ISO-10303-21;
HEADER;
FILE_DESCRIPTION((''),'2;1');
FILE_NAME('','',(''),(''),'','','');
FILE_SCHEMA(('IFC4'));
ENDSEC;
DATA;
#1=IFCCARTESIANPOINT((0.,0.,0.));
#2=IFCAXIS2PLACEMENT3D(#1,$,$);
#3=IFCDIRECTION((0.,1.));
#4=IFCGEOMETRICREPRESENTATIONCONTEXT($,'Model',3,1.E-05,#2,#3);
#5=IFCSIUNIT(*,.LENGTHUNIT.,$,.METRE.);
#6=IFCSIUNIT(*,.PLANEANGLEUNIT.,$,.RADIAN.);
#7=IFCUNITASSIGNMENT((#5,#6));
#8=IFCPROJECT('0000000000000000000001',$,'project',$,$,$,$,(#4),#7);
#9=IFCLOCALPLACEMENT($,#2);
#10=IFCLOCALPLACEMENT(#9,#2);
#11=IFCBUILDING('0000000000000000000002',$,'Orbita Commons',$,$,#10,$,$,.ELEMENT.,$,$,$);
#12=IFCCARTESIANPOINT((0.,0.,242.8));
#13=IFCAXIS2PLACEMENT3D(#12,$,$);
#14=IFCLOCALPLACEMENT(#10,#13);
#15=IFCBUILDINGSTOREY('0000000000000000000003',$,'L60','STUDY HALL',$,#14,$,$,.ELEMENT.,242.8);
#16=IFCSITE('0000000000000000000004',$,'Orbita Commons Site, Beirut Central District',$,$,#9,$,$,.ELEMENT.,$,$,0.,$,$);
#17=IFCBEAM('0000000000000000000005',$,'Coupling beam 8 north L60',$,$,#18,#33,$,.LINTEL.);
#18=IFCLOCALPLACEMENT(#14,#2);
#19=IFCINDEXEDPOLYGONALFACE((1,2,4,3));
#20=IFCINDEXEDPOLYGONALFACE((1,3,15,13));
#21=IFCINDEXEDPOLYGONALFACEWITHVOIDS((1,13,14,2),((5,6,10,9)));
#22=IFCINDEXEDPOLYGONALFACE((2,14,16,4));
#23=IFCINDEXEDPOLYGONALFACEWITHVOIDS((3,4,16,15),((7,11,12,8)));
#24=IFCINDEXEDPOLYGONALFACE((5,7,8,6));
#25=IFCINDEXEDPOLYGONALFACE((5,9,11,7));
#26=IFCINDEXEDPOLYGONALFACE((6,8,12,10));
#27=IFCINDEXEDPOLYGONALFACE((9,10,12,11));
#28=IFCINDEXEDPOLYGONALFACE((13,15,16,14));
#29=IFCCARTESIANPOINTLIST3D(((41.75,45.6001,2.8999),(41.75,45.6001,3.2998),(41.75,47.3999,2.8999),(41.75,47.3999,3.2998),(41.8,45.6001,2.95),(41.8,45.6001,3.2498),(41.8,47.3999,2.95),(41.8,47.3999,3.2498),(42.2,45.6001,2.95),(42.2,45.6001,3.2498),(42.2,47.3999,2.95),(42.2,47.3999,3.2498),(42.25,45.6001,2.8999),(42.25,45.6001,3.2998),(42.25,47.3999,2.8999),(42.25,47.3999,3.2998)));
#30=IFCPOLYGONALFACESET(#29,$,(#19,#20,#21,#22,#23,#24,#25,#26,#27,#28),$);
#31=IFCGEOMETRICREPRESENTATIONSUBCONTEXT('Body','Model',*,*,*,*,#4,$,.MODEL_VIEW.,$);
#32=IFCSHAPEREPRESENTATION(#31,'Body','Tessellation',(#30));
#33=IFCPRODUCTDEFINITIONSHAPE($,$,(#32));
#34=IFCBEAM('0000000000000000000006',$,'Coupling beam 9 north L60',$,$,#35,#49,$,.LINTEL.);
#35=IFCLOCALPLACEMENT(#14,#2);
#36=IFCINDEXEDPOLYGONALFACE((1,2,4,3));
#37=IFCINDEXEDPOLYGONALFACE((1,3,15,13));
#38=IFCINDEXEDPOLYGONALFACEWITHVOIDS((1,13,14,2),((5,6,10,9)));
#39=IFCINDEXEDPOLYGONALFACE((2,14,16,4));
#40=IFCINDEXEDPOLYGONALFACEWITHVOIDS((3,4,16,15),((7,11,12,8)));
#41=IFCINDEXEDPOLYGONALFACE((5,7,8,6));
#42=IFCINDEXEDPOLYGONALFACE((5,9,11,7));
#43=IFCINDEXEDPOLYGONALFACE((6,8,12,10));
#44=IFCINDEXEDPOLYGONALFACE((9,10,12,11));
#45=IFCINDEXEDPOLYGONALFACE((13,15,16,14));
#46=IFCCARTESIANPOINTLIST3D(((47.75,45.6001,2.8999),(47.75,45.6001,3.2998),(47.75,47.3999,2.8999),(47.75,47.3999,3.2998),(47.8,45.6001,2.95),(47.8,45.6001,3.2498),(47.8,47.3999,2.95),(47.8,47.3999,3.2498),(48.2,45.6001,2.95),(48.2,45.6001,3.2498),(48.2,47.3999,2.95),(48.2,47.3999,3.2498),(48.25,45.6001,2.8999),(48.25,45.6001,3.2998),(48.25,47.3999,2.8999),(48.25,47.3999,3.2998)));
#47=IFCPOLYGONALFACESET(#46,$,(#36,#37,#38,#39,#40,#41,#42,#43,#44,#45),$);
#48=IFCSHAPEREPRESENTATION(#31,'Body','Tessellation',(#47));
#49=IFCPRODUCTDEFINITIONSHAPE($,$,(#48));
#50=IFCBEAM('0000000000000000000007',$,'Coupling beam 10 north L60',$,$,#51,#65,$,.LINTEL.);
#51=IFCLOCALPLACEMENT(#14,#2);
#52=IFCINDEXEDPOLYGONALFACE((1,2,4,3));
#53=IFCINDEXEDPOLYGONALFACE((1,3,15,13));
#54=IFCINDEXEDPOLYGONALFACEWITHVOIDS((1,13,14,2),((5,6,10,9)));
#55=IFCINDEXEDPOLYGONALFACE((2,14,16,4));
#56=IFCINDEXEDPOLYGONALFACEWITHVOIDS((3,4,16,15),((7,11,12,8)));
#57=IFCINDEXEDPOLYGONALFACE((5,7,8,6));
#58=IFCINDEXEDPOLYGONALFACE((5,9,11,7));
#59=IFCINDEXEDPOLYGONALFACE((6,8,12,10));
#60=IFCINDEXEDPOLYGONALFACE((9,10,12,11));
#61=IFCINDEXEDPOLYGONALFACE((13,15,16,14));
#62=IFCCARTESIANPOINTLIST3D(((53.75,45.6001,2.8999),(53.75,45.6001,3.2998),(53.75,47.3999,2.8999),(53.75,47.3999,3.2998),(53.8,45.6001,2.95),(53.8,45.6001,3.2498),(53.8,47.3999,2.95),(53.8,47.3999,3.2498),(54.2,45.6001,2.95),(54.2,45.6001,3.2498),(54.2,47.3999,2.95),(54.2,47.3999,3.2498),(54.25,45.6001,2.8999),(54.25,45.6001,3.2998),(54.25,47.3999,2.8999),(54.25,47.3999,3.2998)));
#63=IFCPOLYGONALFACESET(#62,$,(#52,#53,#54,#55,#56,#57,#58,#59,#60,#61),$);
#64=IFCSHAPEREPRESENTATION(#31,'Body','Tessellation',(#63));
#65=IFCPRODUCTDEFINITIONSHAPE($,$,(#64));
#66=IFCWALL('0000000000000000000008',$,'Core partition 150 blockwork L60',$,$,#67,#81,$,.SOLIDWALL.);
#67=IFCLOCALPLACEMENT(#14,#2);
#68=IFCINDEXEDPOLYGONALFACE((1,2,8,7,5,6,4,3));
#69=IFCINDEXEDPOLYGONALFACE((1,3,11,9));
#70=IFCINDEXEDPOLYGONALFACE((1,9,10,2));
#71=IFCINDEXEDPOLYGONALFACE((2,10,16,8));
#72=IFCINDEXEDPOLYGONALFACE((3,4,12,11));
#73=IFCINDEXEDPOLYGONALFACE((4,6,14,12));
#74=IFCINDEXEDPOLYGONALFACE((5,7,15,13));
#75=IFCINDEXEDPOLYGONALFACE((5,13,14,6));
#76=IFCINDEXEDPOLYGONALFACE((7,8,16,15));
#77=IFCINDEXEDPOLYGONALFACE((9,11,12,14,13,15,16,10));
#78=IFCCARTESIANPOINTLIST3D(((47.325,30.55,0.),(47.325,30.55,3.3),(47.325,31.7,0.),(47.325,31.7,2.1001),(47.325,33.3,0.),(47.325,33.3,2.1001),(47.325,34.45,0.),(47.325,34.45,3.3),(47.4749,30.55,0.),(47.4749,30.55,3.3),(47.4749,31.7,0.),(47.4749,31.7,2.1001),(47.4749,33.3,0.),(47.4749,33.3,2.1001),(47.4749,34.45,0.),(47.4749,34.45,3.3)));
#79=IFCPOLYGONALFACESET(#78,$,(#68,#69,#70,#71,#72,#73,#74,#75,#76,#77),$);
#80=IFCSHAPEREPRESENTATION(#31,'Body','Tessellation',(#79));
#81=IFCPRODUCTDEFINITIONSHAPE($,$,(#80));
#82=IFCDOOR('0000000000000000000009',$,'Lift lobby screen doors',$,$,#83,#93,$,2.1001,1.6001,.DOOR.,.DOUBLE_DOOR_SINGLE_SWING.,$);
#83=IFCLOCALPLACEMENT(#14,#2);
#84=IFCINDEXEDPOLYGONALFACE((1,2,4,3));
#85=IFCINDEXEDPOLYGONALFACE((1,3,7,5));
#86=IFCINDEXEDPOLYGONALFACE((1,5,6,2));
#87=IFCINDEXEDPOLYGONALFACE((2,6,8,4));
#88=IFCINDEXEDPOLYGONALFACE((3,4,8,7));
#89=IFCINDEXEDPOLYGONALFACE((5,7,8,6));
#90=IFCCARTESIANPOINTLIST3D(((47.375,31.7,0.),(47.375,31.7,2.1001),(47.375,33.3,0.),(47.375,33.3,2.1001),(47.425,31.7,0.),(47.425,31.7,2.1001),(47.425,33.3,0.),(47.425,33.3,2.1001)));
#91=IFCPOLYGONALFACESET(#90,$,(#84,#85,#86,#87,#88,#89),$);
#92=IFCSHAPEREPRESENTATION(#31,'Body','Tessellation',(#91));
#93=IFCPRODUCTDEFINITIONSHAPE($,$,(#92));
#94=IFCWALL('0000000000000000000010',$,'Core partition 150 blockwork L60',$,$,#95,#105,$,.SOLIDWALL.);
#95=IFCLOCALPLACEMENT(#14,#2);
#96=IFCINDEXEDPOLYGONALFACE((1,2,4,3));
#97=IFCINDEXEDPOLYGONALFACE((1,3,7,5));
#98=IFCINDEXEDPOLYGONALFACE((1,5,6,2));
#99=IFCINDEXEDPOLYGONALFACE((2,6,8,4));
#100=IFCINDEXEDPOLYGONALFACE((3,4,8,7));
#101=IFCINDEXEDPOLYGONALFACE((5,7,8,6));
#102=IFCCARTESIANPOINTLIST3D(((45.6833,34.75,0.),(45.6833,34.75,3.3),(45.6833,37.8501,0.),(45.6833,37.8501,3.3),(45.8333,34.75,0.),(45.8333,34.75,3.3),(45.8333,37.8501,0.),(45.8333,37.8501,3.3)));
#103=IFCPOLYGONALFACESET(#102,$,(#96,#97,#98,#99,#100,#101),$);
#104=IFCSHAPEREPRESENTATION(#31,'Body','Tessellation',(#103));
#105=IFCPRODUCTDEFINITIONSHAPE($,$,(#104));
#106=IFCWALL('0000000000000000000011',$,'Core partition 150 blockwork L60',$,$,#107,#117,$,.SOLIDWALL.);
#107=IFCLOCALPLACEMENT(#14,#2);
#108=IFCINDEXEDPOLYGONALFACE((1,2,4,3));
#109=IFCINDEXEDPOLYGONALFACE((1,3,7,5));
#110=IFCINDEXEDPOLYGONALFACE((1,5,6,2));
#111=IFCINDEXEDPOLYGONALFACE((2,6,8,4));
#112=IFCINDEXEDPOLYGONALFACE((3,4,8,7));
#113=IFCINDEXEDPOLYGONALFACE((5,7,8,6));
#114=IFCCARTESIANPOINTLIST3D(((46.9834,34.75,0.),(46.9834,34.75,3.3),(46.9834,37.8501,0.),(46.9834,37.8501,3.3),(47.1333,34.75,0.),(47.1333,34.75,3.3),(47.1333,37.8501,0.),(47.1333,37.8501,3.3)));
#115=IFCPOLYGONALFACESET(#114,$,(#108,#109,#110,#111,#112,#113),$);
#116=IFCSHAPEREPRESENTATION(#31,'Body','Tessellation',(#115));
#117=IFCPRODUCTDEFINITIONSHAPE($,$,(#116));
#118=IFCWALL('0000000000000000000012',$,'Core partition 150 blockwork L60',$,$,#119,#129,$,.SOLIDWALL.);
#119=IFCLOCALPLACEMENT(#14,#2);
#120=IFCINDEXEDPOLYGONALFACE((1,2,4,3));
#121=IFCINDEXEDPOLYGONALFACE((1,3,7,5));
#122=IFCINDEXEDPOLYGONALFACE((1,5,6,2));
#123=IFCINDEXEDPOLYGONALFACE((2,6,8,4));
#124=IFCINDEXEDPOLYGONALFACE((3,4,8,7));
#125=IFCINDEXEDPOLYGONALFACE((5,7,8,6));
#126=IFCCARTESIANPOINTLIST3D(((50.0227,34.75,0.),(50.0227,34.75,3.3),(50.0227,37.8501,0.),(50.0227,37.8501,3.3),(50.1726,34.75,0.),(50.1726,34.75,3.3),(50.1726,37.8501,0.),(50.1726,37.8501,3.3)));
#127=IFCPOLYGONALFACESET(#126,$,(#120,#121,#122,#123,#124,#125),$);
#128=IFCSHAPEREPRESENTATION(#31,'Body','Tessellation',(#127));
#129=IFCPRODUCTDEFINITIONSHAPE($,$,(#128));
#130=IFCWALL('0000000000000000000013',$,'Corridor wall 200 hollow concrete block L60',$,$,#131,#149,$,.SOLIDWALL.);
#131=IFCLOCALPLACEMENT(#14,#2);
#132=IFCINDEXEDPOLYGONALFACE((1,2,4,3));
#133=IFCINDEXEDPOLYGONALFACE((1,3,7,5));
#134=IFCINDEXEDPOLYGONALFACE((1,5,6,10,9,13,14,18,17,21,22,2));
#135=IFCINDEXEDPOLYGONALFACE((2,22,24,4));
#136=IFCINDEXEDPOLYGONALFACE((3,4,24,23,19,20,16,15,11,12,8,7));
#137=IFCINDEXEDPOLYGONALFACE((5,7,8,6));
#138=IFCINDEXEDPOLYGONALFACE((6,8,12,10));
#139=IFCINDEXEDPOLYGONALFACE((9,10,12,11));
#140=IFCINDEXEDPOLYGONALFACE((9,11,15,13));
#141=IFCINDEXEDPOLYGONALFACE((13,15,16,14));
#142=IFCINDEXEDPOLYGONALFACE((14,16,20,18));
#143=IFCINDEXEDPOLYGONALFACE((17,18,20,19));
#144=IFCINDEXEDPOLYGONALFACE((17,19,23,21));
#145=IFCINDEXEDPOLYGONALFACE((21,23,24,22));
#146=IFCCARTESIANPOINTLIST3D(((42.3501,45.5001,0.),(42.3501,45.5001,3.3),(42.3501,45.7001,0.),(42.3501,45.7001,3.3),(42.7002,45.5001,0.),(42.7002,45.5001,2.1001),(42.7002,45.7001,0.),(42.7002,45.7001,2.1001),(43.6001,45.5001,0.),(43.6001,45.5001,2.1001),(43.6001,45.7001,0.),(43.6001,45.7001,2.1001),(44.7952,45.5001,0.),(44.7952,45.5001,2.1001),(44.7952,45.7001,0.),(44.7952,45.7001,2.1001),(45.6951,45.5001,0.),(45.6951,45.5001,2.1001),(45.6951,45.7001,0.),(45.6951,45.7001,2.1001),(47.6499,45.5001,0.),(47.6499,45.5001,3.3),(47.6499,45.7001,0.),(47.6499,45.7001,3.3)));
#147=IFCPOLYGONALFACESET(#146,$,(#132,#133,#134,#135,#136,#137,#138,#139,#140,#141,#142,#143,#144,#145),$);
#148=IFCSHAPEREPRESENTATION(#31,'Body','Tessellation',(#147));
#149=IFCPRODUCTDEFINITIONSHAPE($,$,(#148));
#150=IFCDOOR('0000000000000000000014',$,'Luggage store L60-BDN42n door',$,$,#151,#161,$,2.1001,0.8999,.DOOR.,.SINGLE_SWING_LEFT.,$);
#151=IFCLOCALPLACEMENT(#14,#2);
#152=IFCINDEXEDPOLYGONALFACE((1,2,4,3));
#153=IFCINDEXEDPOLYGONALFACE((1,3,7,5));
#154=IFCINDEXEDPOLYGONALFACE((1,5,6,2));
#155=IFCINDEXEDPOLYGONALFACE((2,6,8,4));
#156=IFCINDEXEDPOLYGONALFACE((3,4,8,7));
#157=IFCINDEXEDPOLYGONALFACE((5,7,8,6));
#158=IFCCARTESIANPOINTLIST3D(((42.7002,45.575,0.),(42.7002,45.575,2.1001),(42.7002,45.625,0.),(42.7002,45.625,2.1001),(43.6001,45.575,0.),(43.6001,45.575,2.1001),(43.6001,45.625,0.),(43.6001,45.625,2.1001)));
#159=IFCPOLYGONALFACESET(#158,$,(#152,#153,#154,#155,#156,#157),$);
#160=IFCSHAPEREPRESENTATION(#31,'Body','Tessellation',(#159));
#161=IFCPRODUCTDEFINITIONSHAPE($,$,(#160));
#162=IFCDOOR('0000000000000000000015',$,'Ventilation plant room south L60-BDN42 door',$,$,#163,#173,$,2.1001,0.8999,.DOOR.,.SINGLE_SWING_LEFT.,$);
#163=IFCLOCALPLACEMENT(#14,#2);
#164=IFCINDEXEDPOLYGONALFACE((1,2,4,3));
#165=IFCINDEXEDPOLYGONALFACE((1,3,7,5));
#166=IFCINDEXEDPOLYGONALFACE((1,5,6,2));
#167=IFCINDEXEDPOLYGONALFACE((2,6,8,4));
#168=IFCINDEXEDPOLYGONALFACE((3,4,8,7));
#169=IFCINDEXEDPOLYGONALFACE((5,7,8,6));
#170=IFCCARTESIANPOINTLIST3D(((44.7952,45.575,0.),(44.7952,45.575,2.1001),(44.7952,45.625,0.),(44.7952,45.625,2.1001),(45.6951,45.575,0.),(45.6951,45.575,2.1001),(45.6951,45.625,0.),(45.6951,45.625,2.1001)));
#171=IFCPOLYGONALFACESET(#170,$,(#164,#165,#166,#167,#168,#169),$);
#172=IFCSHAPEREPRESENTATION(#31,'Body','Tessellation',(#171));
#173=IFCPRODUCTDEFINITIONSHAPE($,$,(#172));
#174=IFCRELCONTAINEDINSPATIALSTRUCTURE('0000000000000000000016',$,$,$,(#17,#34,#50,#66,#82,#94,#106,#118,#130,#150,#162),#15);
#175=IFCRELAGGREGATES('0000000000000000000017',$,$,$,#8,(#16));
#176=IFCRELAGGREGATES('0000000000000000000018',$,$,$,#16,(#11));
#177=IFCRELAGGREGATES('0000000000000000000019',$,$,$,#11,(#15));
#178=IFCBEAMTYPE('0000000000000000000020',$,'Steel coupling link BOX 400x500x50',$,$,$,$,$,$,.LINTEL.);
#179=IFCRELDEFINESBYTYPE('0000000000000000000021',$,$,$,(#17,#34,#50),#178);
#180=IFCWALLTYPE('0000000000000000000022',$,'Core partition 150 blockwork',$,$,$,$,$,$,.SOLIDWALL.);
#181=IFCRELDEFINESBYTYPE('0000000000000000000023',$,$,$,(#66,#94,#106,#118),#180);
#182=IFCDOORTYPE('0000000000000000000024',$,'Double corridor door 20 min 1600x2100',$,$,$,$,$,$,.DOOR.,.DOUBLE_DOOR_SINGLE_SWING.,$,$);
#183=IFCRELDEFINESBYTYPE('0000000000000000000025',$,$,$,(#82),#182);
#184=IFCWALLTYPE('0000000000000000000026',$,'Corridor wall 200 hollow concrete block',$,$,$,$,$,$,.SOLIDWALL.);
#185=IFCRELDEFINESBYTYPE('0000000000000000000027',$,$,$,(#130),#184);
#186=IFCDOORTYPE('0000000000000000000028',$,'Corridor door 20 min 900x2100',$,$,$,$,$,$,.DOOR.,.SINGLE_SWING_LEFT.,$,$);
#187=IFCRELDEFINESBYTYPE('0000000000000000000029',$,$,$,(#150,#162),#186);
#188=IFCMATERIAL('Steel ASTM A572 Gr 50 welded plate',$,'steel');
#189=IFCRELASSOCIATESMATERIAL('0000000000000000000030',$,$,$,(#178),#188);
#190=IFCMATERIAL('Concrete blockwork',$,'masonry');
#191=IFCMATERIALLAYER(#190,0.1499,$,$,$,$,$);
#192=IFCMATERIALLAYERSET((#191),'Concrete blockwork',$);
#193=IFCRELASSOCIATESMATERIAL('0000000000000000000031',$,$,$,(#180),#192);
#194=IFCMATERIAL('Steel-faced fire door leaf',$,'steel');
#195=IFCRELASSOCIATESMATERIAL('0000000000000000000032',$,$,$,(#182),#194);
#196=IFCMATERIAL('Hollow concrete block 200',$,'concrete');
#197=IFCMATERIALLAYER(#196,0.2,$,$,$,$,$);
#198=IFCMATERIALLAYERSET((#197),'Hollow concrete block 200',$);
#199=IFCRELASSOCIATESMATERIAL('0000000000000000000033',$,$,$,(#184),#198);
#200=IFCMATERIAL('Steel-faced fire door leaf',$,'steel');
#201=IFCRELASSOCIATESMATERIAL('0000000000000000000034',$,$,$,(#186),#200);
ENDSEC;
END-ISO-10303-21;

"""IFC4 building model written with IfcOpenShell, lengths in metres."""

from ifc_helpers import new_model, si_unit, direction, frame, frame_2d, origin, origin_2d, place, context, subcontext, project, spatial, rectangle, hollow_rectangle, extrude, material, layer, layer_set, material_profile, profile_set, type_object, element, fill, save


model = new_model("IFC4")

# Units and contexts
model_context = context("Model", 3, precision=1e-05, world=origin(), true_north=direction((0.0, 1.0)))
body_context = subcontext(model_context, "Body", "Model", "MODEL_VIEW")
ifc_project = project(units=[si_unit("LENGTHUNIT", "METRE"), si_unit("PLANEANGLEUNIT", "RADIAN")], contexts=[model_context])

# Site, building, storey
site_placement = place(None, origin())
site = spatial("IfcSite", under=ifc_project, at=site_placement, Name="Orbita Commons Site, Beirut Central District", CompositionType="ELEMENT", RefElevation=0.0)
building_placement = place(site_placement, origin())
building = spatial("IfcBuilding", under=site, at=building_placement, Name="Orbita Commons", CompositionType="ELEMENT")
storey_placement = place(building_placement, frame((0.0, 0.0, 242.8)))
storey = spatial("IfcBuildingStorey", under=building, at=storey_placement, Name="L60", Description="STUDY HALL", CompositionType="ELEMENT", Elevation=242.8)

# Beams
ifc_material_1 = material(Name="Steel ASTM A572 Gr 50 welded plate", Category="steel")
ifc_material_profile = material_profile(ifc_material_1, hollow_rectangle(XDim=0.5, YDim=0.3999, WallThickness=0.05, at=origin_2d()), Name="BOX 400x500x50")
ifc_profile_set = profile_set([ifc_material_profile], Name="Steel ASTM A572 Gr 50 welded plate")
beam_type = type_object("IfcBeamType", Name="Steel coupling link BOX 400x500x50", PredefinedType="LINTEL", material=ifc_profile_set)
for number, where, z_axis, x_axis, name in (
    (1, (42.0, 45.6001, 3.0999), (0.0, 1.0, 0.0), (-1.0, 0.0, 0.0), "Coupling beam 8 north L60"),
    (2, (48.0, 45.6001, 3.0999), (0.0, 1.0, 0.0), (-1.0, 0.0, 0.0), "Coupling beam 9 north L60"),
    (3, (54.0, 45.6001, 3.0999), (0.0, 1.0, 0.0), (-1.0, 0.0, 0.0), "Coupling beam 10 north L60"),
):
    element("IfcBeam", number, at=place(storey_placement, frame(where, z_axis=z_axis, x_axis=x_axis)), inside=storey, type_object=beam_type, Name=name, PredefinedType="LINTEL", context=body_context, shape_type="SweptSolid", body=[
        extrude(hollow_rectangle(XDim=0.5, YDim=0.3999, WallThickness=0.05, at=origin_2d()), origin(), (0.0, 0.0, 1.0), 1.7998),
    ])

# Wall, opening, door
ifc_material_2 = material(Name="Concrete blockwork", Category="masonry")
ifc_layer_1 = layer(ifc_material_2, 0.1499)
ifc_layer_set_1 = layer_set([ifc_layer_1], Name="Concrete blockwork")
wall_type_1 = type_object("IfcWallType", Name="Core partition 150 blockwork", PredefinedType="SOLIDWALL", material=ifc_layer_set_1)
wall_1_placement = place(storey_placement, frame((47.3999, 30.55, 0.0), z_axis=(0.0, 0.0, 1.0), x_axis=(0.0, 1.0, 0.0)))
wall_1 = element("IfcWall", 4, at=wall_1_placement, inside=storey, type_object=wall_type_1, Name="Core partition 150 blockwork L60", PredefinedType="SOLIDWALL", context=body_context, shape_type="SweptSolid", body=[
    extrude(rectangle(XDim=3.8999, YDim=0.1499, at=frame_2d((1.95, 0.0))), origin(), (0.0, 0.0, 1.0), 3.3),
])
opening_1_placement = place(wall_1_placement, frame((1.1499, 0.0, 0.0)))
opening_1 = element("IfcOpeningElement", 5, at=opening_1_placement, cuts=wall_1, PredefinedType="OPENING", context=body_context, shape_type="SweptSolid", body=[
    extrude(rectangle(XDim=1.6001, YDim=2.1001, at=frame_2d((0.8, 1.05))), frame((0.0, 0.085, 0.0), z_axis=(0.0, -1.0, 0.0), x_axis=(1.0, 0.0, 0.0)), (0.0, 0.0, 1.0), 0.1699),
])
ifc_material_3 = material(Name="Steel-faced fire door leaf", Category="steel")
door_type_1 = type_object("IfcDoorType", Name="Double corridor door 20 min 1600x2100", OperationType="DOUBLE_DOOR_SINGLE_SWING", PredefinedType="DOOR", material=ifc_material_3)
door_1_placement = place(opening_1_placement, origin())
door_1 = element("IfcDoor", 6, at=door_1_placement, inside=storey, type_object=door_type_1, Name="Lift lobby screen doors", OperationType="DOUBLE_DOOR_SINGLE_SWING", OverallHeight=2.1001, OverallWidth=1.6001, PredefinedType="DOOR", context=body_context, shape_type="SweptSolid", body=[
    extrude(rectangle(XDim=1.6001, YDim=2.1001, at=frame_2d((0.8, 1.05))), frame((0.0, 0.0249, 0.0), z_axis=(0.0, -1.0, 0.0), x_axis=(1.0, 0.0, 0.0)), (0.0, 0.0, 1.0), 0.05),
])
fill(opening_1, door_1)

# Walls
for number, where, z_axis, x_axis, name in (
    (7, (45.7583, 34.75, 0.0), (0.0, 0.0, 1.0), (0.0, 1.0, 0.0), "Core partition 150 blockwork L60"),
    (8, (47.0583, 34.75, 0.0), (0.0, 0.0, 1.0), (0.0, 1.0, 0.0), "Core partition 150 blockwork L60"),
    (9, (50.0977, 34.75, 0.0), (0.0, 0.0, 1.0), (0.0, 1.0, 0.0), "Core partition 150 blockwork L60"),
):
    element("IfcWall", number, at=place(storey_placement, frame(where, z_axis=z_axis, x_axis=x_axis)), inside=storey, type_object=wall_type_1, Name=name, PredefinedType="SOLIDWALL", context=body_context, shape_type="SweptSolid", body=[
        extrude(rectangle(XDim=3.1001, YDim=0.1499, at=frame_2d((1.55, 0.0))), origin(), (0.0, 0.0, 1.0), 3.3),
    ])

# Wall, openings, doors
ifc_material_4 = material(Name="Hollow concrete block 200", Category="concrete")
ifc_layer_2 = layer(ifc_material_4, 0.2)
ifc_layer_set_2 = layer_set([ifc_layer_2], Name="Hollow concrete block 200")
wall_type_2 = type_object("IfcWallType", Name="Corridor wall 200 hollow concrete block", PredefinedType="SOLIDWALL", material=ifc_layer_set_2)
wall_2_placement = place(storey_placement, frame((42.3501, 45.6001, 0.0), z_axis=(0.0, 0.0, 1.0), x_axis=(1.0, 0.0, 0.0)))
wall_2 = element("IfcWall", 10, at=wall_2_placement, inside=storey, type_object=wall_type_2, Name="Corridor wall 200 hollow concrete block L60", PredefinedType="SOLIDWALL", context=body_context, shape_type="SweptSolid", body=[
    extrude(rectangle(XDim=5.2998, YDim=0.2, at=frame_2d((2.6499, 0.0))), origin(), (0.0, 0.0, 1.0), 3.3),
])
opening_2_placement = place(wall_2_placement, frame((0.3501, 0.0, 0.0)))
opening_2 = element("IfcOpeningElement", 11, at=opening_2_placement, cuts=wall_2, PredefinedType="OPENING", context=body_context, shape_type="SweptSolid", body=[
    extrude(rectangle(XDim=0.8999, YDim=2.1001, at=frame_2d((0.45, 1.05))), frame((0.0, 0.1099, 0.0), z_axis=(0.0, -1.0, 0.0), x_axis=(1.0, 0.0, 0.0)), (0.0, 0.0, 1.0), 0.22),
])
opening_3_placement = place(wall_2_placement, frame((2.4451, 0.0, 0.0)))
opening_3 = element("IfcOpeningElement", 12, at=opening_3_placement, cuts=wall_2, PredefinedType="OPENING", context=body_context, shape_type="SweptSolid", body=[
    extrude(rectangle(XDim=0.8999, YDim=2.1001, at=frame_2d((0.45, 1.05))), frame((0.0, 0.1099, 0.0), z_axis=(0.0, -1.0, 0.0), x_axis=(1.0, 0.0, 0.0)), (0.0, 0.0, 1.0), 0.22),
])
ifc_material_5 = material(Name="Steel-faced fire door leaf", Category="steel")
door_type_2 = type_object("IfcDoorType", Name="Corridor door 20 min 900x2100", OperationType="SINGLE_SWING_LEFT", PredefinedType="DOOR", material=ifc_material_5)
door_2_placement = place(opening_2_placement, origin())
door_2 = element("IfcDoor", 13, at=door_2_placement, inside=storey, type_object=door_type_2, Name="Luggage store L60-BDN42n door", OperationType="SINGLE_SWING_LEFT", OverallHeight=2.1001, OverallWidth=0.8999, PredefinedType="DOOR", context=body_context, shape_type="SweptSolid", body=[
    extrude(rectangle(XDim=0.8999, YDim=2.1001, at=frame_2d((0.45, 1.05))), frame((0.0, 0.0249, 0.0), z_axis=(0.0, -1.0, 0.0), x_axis=(1.0, 0.0, 0.0)), (0.0, 0.0, 1.0), 0.05),
])
fill(opening_2, door_2)
door_3_placement = place(opening_3_placement, origin())
door_3 = element("IfcDoor", 14, at=door_3_placement, inside=storey, type_object=door_type_2, Name="Ventilation plant room south L60-BDN42 door", OperationType="SINGLE_SWING_LEFT", OverallHeight=2.1001, OverallWidth=0.8999, PredefinedType="DOOR", context=body_context, shape_type="SweptSolid", body=[
    extrude(rectangle(XDim=0.8999, YDim=2.1001, at=frame_2d((0.45, 1.05))), frame((0.0, 0.0249, 0.0), z_axis=(0.0, -1.0, 0.0), x_axis=(1.0, 0.0, 0.0)), (0.0, 0.0, 1.0), 0.05),
])
fill(opening_3, door_3)

save(model, "model.ifc")
